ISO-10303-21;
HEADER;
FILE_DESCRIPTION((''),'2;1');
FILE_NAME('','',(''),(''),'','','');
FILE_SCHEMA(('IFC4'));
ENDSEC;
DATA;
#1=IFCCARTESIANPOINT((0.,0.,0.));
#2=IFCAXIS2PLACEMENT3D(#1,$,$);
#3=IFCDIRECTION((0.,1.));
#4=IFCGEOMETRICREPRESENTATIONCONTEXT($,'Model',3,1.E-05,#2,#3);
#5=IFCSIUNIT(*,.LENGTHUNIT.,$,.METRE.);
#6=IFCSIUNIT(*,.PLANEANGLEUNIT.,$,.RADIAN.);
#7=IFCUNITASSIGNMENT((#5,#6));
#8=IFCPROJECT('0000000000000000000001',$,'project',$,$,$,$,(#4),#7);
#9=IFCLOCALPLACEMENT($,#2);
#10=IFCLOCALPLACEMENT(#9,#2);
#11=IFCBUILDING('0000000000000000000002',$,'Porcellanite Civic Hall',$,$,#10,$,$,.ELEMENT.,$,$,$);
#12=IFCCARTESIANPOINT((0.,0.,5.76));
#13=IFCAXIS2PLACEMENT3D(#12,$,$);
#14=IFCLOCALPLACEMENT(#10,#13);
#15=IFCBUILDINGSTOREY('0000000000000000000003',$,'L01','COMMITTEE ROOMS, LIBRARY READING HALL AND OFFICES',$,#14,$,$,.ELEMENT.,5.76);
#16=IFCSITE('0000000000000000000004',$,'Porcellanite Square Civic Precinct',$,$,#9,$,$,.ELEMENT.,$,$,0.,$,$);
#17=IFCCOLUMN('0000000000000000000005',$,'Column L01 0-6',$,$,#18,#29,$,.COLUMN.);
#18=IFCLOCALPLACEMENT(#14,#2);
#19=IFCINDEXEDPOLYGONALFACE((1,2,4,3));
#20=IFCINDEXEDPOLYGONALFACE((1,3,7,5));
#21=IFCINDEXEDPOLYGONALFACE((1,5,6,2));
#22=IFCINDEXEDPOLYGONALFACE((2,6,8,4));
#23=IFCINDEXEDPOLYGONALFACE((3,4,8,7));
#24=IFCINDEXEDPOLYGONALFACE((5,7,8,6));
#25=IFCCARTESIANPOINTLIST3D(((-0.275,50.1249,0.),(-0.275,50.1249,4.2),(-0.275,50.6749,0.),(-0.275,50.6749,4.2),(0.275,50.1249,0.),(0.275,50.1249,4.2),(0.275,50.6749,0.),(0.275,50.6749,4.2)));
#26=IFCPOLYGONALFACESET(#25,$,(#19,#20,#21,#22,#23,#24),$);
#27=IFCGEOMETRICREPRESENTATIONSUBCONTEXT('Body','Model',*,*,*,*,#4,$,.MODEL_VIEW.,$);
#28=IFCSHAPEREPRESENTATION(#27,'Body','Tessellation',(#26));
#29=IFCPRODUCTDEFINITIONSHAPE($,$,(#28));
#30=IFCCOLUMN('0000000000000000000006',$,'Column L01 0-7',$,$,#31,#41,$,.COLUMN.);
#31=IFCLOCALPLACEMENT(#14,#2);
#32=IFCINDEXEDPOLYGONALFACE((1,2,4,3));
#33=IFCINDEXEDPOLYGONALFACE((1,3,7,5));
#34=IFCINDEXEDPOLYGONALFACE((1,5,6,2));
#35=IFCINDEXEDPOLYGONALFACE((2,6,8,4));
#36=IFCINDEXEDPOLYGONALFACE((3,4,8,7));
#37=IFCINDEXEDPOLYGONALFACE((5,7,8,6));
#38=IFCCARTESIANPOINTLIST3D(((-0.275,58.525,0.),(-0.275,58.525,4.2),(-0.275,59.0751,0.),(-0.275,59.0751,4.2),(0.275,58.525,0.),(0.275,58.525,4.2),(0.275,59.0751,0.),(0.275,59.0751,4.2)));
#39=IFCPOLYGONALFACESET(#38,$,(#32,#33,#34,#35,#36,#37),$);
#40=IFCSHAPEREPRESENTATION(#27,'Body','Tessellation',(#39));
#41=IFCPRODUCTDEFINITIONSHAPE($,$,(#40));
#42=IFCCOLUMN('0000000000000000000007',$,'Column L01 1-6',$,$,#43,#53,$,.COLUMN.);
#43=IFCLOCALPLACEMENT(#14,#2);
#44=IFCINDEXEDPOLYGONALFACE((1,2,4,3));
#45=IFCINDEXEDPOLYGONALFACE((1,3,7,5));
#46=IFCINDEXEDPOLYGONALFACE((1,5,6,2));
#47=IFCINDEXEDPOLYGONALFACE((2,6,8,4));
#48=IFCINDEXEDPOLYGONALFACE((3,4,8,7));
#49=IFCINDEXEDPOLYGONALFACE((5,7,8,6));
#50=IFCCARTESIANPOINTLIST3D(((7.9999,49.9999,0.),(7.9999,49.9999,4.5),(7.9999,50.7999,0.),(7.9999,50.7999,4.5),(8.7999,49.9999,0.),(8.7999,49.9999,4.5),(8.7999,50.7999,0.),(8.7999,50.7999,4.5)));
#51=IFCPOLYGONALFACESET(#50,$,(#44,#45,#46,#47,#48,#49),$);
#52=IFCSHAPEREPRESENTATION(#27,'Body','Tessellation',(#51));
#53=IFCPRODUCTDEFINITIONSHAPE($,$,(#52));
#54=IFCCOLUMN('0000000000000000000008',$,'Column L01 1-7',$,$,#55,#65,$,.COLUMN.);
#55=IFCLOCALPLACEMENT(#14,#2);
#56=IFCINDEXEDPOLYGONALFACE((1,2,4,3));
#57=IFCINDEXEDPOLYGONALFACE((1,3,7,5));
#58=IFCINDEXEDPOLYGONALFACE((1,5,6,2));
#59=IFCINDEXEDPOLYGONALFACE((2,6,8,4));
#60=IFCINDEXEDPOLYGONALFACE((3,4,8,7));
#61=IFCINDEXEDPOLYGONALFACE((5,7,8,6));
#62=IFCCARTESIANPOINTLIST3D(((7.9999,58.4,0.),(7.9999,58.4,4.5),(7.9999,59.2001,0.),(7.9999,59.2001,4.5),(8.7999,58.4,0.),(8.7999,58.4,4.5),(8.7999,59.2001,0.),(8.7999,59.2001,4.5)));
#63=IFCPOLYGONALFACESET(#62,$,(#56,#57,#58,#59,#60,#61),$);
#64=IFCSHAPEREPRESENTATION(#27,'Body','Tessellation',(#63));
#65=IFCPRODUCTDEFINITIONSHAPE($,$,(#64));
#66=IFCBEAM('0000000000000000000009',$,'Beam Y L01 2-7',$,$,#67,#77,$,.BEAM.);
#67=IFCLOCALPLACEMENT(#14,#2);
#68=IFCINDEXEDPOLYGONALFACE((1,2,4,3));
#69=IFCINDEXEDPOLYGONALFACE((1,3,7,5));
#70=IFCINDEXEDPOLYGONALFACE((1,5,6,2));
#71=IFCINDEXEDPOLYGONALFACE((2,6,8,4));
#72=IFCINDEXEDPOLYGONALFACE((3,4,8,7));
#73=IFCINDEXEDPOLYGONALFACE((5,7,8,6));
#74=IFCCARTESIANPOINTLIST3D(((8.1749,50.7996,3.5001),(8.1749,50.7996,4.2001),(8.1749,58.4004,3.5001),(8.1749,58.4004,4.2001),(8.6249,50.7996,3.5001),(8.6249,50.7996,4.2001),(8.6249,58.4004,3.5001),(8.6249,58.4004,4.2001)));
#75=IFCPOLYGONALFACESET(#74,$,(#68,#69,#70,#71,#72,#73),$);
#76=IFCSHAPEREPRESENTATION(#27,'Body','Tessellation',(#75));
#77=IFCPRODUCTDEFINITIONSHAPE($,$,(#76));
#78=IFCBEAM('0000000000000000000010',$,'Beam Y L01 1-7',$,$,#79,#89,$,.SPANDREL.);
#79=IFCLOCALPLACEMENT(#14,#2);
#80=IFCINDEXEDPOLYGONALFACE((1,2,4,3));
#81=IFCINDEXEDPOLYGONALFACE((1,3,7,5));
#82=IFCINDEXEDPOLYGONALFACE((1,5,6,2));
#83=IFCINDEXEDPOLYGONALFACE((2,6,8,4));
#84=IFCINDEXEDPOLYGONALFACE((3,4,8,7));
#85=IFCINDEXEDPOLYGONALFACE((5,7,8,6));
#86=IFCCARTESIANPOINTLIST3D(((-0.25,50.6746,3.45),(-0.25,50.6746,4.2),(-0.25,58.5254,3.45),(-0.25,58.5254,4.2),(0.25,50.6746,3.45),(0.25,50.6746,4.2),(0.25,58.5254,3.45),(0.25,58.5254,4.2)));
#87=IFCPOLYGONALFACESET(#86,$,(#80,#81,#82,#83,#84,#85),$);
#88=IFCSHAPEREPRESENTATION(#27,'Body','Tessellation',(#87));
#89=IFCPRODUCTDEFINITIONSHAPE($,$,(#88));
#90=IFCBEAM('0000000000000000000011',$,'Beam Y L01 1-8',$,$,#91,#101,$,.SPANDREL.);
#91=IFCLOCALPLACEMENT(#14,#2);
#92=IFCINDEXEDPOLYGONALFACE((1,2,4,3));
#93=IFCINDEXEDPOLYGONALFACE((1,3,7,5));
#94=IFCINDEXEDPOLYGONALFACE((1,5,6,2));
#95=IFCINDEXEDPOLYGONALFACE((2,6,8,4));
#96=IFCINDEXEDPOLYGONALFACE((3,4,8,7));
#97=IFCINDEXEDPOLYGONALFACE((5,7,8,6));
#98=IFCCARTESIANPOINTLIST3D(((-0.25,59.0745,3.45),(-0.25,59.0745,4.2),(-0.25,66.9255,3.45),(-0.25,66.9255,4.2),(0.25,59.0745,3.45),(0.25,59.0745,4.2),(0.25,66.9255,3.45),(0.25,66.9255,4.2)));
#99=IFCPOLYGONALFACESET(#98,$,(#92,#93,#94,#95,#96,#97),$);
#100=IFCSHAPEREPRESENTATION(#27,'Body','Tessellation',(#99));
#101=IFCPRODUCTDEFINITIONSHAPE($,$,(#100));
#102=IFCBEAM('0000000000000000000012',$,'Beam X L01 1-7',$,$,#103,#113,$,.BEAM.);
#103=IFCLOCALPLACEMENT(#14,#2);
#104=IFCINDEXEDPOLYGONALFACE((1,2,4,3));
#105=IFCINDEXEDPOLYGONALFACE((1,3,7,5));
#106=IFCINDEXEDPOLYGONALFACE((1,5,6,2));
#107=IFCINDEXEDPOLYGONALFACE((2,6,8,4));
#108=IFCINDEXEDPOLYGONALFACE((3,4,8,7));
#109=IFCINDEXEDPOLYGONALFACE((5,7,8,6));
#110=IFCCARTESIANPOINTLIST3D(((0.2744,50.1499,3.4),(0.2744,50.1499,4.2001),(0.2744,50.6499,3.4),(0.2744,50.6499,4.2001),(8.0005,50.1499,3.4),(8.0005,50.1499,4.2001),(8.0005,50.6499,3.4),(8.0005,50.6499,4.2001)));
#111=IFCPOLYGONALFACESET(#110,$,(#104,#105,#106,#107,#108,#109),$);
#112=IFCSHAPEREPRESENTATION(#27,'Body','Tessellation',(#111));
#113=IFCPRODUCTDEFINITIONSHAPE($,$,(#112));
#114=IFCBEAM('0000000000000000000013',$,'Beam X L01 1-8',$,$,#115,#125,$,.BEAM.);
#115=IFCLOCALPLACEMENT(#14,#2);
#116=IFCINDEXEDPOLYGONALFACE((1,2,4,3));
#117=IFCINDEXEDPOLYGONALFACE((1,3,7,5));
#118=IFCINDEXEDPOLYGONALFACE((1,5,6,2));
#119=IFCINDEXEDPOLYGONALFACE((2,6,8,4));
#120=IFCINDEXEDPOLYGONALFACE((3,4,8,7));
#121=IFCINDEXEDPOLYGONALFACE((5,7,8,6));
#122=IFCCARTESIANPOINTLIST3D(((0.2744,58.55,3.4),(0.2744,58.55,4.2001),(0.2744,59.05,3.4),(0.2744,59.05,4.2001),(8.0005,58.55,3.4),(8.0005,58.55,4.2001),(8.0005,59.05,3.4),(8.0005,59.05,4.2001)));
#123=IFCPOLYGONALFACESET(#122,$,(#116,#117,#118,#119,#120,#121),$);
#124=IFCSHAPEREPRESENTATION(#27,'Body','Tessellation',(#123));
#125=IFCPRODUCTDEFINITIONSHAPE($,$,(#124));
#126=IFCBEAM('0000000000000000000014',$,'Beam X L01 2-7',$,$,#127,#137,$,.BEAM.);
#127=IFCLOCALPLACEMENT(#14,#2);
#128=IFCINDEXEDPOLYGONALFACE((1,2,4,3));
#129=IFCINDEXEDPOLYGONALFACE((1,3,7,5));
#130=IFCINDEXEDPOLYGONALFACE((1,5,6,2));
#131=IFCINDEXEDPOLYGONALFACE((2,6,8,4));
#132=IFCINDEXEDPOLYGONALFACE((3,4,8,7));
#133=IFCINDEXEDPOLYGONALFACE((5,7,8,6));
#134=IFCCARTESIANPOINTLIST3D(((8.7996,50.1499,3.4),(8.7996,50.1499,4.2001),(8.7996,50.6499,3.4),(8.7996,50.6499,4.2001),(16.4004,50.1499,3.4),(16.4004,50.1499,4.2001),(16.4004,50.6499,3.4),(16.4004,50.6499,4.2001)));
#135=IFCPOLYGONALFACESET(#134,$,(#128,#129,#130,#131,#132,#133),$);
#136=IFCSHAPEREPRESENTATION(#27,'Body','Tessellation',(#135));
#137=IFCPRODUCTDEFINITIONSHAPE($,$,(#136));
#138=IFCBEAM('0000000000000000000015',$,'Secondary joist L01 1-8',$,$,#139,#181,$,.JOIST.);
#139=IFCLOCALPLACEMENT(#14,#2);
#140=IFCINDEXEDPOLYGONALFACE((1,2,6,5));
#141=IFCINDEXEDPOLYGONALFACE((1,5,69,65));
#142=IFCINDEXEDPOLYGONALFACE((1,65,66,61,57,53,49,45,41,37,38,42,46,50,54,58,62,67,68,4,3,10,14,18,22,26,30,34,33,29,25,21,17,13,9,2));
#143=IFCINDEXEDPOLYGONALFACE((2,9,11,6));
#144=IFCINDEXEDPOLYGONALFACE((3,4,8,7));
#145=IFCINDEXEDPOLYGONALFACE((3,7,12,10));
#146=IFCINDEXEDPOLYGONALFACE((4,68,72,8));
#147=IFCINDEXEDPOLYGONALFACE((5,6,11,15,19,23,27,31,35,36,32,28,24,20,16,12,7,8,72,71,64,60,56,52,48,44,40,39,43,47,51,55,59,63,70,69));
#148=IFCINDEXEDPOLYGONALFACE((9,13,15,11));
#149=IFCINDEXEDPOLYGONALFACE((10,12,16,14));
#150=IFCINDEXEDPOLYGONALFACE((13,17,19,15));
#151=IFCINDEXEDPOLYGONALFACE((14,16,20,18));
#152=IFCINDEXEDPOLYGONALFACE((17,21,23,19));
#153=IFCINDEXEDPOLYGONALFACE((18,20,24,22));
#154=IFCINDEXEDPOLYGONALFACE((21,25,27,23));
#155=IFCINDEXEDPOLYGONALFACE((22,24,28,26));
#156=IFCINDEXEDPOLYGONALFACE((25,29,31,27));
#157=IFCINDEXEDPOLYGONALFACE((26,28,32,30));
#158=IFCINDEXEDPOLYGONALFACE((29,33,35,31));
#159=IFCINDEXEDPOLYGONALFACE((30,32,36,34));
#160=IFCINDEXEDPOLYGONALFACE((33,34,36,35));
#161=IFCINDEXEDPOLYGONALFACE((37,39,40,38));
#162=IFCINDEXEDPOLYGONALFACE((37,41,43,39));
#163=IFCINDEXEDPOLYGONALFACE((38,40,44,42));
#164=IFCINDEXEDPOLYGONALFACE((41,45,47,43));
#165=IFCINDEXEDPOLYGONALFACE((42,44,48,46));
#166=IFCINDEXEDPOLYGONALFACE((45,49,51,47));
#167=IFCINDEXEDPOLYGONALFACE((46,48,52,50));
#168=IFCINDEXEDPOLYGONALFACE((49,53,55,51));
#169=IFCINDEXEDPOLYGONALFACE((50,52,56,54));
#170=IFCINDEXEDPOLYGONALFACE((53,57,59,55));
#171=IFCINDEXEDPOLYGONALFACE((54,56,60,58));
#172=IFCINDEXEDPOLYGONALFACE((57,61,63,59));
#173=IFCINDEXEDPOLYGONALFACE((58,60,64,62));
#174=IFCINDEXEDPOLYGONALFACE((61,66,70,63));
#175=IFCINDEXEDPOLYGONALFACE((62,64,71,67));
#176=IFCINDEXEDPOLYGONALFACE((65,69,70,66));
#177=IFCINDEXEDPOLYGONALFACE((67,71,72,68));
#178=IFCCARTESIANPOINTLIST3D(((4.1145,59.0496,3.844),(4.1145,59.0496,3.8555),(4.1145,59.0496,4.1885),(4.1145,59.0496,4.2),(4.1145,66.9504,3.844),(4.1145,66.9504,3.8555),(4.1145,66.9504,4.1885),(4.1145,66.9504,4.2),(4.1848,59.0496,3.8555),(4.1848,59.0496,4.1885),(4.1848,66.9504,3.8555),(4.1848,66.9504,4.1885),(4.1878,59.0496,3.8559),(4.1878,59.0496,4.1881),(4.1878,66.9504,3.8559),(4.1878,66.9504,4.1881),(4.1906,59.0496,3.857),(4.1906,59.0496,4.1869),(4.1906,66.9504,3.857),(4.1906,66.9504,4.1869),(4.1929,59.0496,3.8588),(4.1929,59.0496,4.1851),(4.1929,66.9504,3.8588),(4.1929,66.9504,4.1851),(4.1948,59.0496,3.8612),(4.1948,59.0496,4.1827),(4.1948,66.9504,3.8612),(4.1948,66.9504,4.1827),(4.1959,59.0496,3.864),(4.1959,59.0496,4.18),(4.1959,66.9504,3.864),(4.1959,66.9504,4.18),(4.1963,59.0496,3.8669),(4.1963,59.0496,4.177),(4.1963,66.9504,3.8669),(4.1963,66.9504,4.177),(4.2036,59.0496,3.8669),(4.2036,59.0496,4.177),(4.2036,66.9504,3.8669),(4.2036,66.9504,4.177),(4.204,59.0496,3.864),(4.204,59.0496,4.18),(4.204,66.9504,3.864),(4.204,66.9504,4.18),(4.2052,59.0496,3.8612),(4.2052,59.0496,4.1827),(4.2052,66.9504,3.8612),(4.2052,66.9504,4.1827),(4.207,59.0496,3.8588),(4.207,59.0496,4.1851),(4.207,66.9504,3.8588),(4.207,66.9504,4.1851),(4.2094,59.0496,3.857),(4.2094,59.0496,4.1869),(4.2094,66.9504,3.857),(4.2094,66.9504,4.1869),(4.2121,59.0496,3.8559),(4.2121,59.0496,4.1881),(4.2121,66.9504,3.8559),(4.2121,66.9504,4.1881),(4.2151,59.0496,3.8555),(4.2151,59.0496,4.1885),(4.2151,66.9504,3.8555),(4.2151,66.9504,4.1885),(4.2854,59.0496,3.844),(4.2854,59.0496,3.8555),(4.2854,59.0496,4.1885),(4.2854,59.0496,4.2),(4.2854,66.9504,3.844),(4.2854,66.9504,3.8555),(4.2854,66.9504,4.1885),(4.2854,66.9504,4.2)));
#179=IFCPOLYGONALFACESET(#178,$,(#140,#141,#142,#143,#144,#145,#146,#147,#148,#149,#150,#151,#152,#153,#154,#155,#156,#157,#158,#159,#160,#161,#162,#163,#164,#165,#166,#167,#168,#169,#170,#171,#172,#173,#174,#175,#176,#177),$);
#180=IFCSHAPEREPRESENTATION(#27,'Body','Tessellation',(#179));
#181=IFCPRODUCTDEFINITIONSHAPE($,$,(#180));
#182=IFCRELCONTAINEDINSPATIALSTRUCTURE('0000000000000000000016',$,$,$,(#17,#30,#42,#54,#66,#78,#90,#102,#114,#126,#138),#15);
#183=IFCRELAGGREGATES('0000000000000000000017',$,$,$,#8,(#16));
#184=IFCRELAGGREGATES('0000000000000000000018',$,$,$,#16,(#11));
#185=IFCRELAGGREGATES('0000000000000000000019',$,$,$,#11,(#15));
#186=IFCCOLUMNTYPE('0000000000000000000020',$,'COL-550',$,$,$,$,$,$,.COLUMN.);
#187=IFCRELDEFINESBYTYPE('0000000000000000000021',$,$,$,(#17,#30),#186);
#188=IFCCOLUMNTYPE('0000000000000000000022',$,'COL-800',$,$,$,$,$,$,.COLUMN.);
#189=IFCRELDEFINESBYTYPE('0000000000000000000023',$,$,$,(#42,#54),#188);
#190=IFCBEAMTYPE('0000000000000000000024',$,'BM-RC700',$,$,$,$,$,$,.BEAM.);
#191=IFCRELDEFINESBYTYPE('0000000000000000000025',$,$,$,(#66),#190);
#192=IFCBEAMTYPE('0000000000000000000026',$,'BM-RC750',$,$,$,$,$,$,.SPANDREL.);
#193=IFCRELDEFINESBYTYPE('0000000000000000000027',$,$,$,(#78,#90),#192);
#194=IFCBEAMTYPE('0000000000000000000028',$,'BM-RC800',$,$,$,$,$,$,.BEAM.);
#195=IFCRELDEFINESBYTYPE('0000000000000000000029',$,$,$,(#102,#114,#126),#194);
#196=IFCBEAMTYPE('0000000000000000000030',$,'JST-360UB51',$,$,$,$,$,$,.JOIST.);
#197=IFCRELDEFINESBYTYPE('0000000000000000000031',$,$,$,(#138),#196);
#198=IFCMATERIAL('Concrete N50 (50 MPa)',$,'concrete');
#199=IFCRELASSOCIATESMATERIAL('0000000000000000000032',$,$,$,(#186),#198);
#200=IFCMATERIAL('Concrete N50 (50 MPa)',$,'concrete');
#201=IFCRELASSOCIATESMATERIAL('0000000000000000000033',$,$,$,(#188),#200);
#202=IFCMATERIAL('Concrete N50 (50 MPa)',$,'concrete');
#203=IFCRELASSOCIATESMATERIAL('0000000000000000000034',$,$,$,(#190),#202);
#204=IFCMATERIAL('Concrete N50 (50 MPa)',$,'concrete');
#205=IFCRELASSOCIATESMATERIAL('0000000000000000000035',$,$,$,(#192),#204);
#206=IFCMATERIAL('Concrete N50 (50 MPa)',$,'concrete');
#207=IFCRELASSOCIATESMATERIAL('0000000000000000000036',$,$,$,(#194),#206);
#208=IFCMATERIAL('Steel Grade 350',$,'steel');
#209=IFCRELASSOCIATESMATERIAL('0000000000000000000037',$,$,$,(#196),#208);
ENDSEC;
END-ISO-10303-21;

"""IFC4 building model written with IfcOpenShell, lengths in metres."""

from ifc_helpers import new_model, si_unit, direction, frame, origin, origin_2d, place, context, subcontext, project, spatial, rectangle, i_section, extrude, material, material_profile, profile_set, type_object, element, save


model = new_model("IFC4")

# Units and contexts
model_context = context("Model", 3, precision=1e-05, world=origin(), true_north=direction((0.0, 1.0)))
body_context = subcontext(model_context, "Body", "Model", "MODEL_VIEW")
ifc_project = project(units=[si_unit("LENGTHUNIT", "METRE"), si_unit("PLANEANGLEUNIT", "RADIAN")], contexts=[model_context])

# Site, building, storey
site_placement = place(None, origin())
site = spatial("IfcSite", under=ifc_project, at=site_placement, Name="Porcellanite Square Civic Precinct", CompositionType="ELEMENT", RefElevation=0.0)
building_placement = place(site_placement, origin())
building = spatial("IfcBuilding", under=site, at=building_placement, Name="Porcellanite Civic Hall", CompositionType="ELEMENT")
storey_placement = place(building_placement, frame((0.0, 0.0, 5.76)))
storey = spatial("IfcBuildingStorey", under=building, at=storey_placement, Name="L01", Description="COMMITTEE ROOMS, LIBRARY READING HALL AND OFFICES", CompositionType="ELEMENT", Elevation=5.76)

# Columns
ifc_material_1 = material(Name="Concrete N50 (50 MPa)", Category="concrete")
ifc_material_profile_1 = material_profile(ifc_material_1, rectangle(XDim=0.55, YDim=0.55, at=origin_2d()), Name="RC-550x550")
ifc_profile_set_1 = profile_set([ifc_material_profile_1], Name="Concrete N50 (50 MPa)")
column_type_1 = type_object("IfcColumnType", Name="COL-550", PredefinedType="COLUMN", material=ifc_profile_set_1)
for number, where, z_axis, x_axis, name in (
    (1, (0.0, 50.3999, 0.0), (0.0, 0.0, 1.0), (1.0, 0.0, 0.0), "Column L01 0-6"),
    (2, (0.0, 58.8, 0.0), (0.0, 0.0, 1.0), (1.0, 0.0, 0.0), "Column L01 0-7"),
):
    element("IfcColumn", number, at=place(storey_placement, frame(where, z_axis=z_axis, x_axis=x_axis)), inside=storey, type_object=column_type_1, Name=name, PredefinedType="COLUMN", context=body_context, shape_type="SweptSolid", body=[
        extrude(rectangle(XDim=0.55, YDim=0.55, at=origin_2d()), origin(), (0.0, 0.0, 1.0), 4.2),
    ])
ifc_material_2 = material(Name="Concrete N50 (50 MPa)", Category="concrete")
ifc_material_profile_2 = material_profile(ifc_material_2, rectangle(XDim=0.8, YDim=0.8, at=origin_2d()), Name="RC-800x800")
ifc_profile_set_2 = profile_set([ifc_material_profile_2], Name="Concrete N50 (50 MPa)")
column_type_2 = type_object("IfcColumnType", Name="COL-800", PredefinedType="COLUMN", material=ifc_profile_set_2)
for number, where, z_axis, x_axis, name in (
    (3, (8.3999, 50.3999, 0.0), (0.0, 0.0, 1.0), (1.0, 0.0, 0.0), "Column L01 1-6"),
    (4, (8.3999, 58.8, 0.0), (0.0, 0.0, 1.0), (1.0, 0.0, 0.0), "Column L01 1-7"),
):
    element("IfcColumn", number, at=place(storey_placement, frame(where, z_axis=z_axis, x_axis=x_axis)), inside=storey, type_object=column_type_2, Name=name, PredefinedType="COLUMN", context=body_context, shape_type="SweptSolid", body=[
        extrude(rectangle(XDim=0.8, YDim=0.8, at=origin_2d()), origin(), (0.0, 0.0, 1.0), 4.5),
    ])

# Beams
ifc_material_3 = material(Name="Concrete N50 (50 MPa)", Category="concrete")
ifc_material_profile_3 = material_profile(ifc_material_3, rectangle(XDim=0.45, YDim=0.7, at=origin_2d()), Name="RC-450x700")
ifc_profile_set_3 = profile_set([ifc_material_profile_3], Name="Concrete N50 (50 MPa)")
beam_type_1 = type_object("IfcBeamType", Name="BM-RC700", PredefinedType="BEAM", material=ifc_profile_set_3)
beam_1_placement = place(storey_placement, frame((8.3999, 50.7996, 3.8501), z_axis=(0.0, 1.0, 0.0), x_axis=(-1.0, 0.0, 0.0)))
element("IfcBeam", 5, at=beam_1_placement, inside=storey, type_object=beam_type_1, Name="Beam Y L01 2-7", PredefinedType="BEAM", context=body_context, shape_type="SweptSolid", body=[
    extrude(rectangle(XDim=0.45, YDim=0.7, at=origin_2d()), origin(), (0.0, 0.0, 1.0), 7.6008),
])
ifc_material_4 = material(Name="Concrete N50 (50 MPa)", Category="concrete")
ifc_material_profile_4 = material_profile(ifc_material_4, rectangle(XDim=0.5, YDim=0.75, at=origin_2d()), Name="RC-500x750")
ifc_profile_set_4 = profile_set([ifc_material_profile_4], Name="Concrete N50 (50 MPa)")
beam_type_2 = type_object("IfcBeamType", Name="BM-RC750", PredefinedType="SPANDREL", material=ifc_profile_set_4)
beam_2_placement = place(storey_placement, frame((0.0, 50.6746, 3.825), z_axis=(0.0, 1.0, 0.0), x_axis=(-1.0, 0.0, 0.0)))
element("IfcBeam", 6, at=beam_2_placement, inside=storey, type_object=beam_type_2, Name="Beam Y L01 1-7", PredefinedType="SPANDREL", context=body_context, shape_type="SweptSolid", body=[
    extrude(rectangle(XDim=0.5, YDim=0.75, at=origin_2d()), origin(), (0.0, 0.0, 1.0), 7.8508),
])
beam_3_placement = place(storey_placement, frame((0.0, 59.0745, 3.825), z_axis=(0.0, 1.0, 0.0), x_axis=(-1.0, 0.0, 0.0)))
element("IfcBeam", 7, at=beam_3_placement, inside=storey, type_object=beam_type_2, Name="Beam Y L01 1-8", PredefinedType="SPANDREL", context=body_context, shape_type="SweptSolid", body=[
    extrude(rectangle(XDim=0.5, YDim=0.75, at=origin_2d()), origin(), (0.0, 0.0, 1.0), 7.8511),
])
ifc_material_5 = material(Name="Concrete N50 (50 MPa)", Category="concrete")
ifc_material_profile_5 = material_profile(ifc_material_5, rectangle(XDim=0.5, YDim=0.8, at=origin_2d()), Name="RC-500x800")
ifc_profile_set_5 = profile_set([ifc_material_profile_5], Name="Concrete N50 (50 MPa)")
beam_type_3 = type_object("IfcBeamType", Name="BM-RC800", PredefinedType="BEAM", material=ifc_profile_set_5)
for number, where, z_axis, x_axis, name in (
    (8, (0.2744, 50.3999, 3.8), (1.0, 0.0, 0.0), (0.0, 1.0, 0.0), "Beam X L01 1-7"),
    (9, (0.2744, 58.8, 3.8), (1.0, 0.0, 0.0), (0.0, 1.0, 0.0), "Beam X L01 1-8"),
):
    element("IfcBeam", number, at=place(storey_placement, frame(where, z_axis=z_axis, x_axis=x_axis)), inside=storey, type_object=beam_type_3, Name=name, PredefinedType="BEAM", context=body_context, shape_type="SweptSolid", body=[
        extrude(rectangle(XDim=0.5, YDim=0.8, at=origin_2d()), origin(), (0.0, 0.0, 1.0), 7.7261),
    ])
beam_4_placement = place(storey_placement, frame((8.7996, 50.3999, 3.8), z_axis=(1.0, 0.0, 0.0), x_axis=(0.0, 1.0, 0.0)))
element("IfcBeam", 10, at=beam_4_placement, inside=storey, type_object=beam_type_3, Name="Beam X L01 2-7", PredefinedType="BEAM", context=body_context, shape_type="SweptSolid", body=[
    extrude(rectangle(XDim=0.5, YDim=0.8, at=origin_2d()), origin(), (0.0, 0.0, 1.0), 7.6008),
])
ifc_material_6 = material(Name="Steel Grade 350", Category="steel")
ifc_material_profile_6 = material_profile(ifc_material_6, i_section(OverallWidth=0.1709, OverallDepth=0.356, WebThickness=0.0073, FlangeThickness=0.0115, FilletRadius=0.0115, at=origin_2d()), Name="360UB50.7")
ifc_profile_set_6 = profile_set([ifc_material_profile_6], Name="Steel Grade 350")
beam_type_4 = type_object("IfcBeamType", Name="JST-360UB51", PredefinedType="JOIST", material=ifc_profile_set_6)
beam_5_placement = place(storey_placement, frame((4.2, 59.0496, 4.022), z_axis=(0.0, 1.0, 0.0), x_axis=(-1.0, 0.0, 0.0)))
element("IfcBeam", 11, at=beam_5_placement, inside=storey, type_object=beam_type_4, Name="Secondary joist L01 1-8", PredefinedType="JOIST", context=body_context, shape_type="SweptSolid", body=[
    extrude(i_section(OverallWidth=0.1709, OverallDepth=0.356, WebThickness=0.0073, FlangeThickness=0.0115, FilletRadius=0.0115, at=origin_2d()), origin(), (0.0, 0.0, 1.0), 7.9009),
])

save(model, "model.ifc")
